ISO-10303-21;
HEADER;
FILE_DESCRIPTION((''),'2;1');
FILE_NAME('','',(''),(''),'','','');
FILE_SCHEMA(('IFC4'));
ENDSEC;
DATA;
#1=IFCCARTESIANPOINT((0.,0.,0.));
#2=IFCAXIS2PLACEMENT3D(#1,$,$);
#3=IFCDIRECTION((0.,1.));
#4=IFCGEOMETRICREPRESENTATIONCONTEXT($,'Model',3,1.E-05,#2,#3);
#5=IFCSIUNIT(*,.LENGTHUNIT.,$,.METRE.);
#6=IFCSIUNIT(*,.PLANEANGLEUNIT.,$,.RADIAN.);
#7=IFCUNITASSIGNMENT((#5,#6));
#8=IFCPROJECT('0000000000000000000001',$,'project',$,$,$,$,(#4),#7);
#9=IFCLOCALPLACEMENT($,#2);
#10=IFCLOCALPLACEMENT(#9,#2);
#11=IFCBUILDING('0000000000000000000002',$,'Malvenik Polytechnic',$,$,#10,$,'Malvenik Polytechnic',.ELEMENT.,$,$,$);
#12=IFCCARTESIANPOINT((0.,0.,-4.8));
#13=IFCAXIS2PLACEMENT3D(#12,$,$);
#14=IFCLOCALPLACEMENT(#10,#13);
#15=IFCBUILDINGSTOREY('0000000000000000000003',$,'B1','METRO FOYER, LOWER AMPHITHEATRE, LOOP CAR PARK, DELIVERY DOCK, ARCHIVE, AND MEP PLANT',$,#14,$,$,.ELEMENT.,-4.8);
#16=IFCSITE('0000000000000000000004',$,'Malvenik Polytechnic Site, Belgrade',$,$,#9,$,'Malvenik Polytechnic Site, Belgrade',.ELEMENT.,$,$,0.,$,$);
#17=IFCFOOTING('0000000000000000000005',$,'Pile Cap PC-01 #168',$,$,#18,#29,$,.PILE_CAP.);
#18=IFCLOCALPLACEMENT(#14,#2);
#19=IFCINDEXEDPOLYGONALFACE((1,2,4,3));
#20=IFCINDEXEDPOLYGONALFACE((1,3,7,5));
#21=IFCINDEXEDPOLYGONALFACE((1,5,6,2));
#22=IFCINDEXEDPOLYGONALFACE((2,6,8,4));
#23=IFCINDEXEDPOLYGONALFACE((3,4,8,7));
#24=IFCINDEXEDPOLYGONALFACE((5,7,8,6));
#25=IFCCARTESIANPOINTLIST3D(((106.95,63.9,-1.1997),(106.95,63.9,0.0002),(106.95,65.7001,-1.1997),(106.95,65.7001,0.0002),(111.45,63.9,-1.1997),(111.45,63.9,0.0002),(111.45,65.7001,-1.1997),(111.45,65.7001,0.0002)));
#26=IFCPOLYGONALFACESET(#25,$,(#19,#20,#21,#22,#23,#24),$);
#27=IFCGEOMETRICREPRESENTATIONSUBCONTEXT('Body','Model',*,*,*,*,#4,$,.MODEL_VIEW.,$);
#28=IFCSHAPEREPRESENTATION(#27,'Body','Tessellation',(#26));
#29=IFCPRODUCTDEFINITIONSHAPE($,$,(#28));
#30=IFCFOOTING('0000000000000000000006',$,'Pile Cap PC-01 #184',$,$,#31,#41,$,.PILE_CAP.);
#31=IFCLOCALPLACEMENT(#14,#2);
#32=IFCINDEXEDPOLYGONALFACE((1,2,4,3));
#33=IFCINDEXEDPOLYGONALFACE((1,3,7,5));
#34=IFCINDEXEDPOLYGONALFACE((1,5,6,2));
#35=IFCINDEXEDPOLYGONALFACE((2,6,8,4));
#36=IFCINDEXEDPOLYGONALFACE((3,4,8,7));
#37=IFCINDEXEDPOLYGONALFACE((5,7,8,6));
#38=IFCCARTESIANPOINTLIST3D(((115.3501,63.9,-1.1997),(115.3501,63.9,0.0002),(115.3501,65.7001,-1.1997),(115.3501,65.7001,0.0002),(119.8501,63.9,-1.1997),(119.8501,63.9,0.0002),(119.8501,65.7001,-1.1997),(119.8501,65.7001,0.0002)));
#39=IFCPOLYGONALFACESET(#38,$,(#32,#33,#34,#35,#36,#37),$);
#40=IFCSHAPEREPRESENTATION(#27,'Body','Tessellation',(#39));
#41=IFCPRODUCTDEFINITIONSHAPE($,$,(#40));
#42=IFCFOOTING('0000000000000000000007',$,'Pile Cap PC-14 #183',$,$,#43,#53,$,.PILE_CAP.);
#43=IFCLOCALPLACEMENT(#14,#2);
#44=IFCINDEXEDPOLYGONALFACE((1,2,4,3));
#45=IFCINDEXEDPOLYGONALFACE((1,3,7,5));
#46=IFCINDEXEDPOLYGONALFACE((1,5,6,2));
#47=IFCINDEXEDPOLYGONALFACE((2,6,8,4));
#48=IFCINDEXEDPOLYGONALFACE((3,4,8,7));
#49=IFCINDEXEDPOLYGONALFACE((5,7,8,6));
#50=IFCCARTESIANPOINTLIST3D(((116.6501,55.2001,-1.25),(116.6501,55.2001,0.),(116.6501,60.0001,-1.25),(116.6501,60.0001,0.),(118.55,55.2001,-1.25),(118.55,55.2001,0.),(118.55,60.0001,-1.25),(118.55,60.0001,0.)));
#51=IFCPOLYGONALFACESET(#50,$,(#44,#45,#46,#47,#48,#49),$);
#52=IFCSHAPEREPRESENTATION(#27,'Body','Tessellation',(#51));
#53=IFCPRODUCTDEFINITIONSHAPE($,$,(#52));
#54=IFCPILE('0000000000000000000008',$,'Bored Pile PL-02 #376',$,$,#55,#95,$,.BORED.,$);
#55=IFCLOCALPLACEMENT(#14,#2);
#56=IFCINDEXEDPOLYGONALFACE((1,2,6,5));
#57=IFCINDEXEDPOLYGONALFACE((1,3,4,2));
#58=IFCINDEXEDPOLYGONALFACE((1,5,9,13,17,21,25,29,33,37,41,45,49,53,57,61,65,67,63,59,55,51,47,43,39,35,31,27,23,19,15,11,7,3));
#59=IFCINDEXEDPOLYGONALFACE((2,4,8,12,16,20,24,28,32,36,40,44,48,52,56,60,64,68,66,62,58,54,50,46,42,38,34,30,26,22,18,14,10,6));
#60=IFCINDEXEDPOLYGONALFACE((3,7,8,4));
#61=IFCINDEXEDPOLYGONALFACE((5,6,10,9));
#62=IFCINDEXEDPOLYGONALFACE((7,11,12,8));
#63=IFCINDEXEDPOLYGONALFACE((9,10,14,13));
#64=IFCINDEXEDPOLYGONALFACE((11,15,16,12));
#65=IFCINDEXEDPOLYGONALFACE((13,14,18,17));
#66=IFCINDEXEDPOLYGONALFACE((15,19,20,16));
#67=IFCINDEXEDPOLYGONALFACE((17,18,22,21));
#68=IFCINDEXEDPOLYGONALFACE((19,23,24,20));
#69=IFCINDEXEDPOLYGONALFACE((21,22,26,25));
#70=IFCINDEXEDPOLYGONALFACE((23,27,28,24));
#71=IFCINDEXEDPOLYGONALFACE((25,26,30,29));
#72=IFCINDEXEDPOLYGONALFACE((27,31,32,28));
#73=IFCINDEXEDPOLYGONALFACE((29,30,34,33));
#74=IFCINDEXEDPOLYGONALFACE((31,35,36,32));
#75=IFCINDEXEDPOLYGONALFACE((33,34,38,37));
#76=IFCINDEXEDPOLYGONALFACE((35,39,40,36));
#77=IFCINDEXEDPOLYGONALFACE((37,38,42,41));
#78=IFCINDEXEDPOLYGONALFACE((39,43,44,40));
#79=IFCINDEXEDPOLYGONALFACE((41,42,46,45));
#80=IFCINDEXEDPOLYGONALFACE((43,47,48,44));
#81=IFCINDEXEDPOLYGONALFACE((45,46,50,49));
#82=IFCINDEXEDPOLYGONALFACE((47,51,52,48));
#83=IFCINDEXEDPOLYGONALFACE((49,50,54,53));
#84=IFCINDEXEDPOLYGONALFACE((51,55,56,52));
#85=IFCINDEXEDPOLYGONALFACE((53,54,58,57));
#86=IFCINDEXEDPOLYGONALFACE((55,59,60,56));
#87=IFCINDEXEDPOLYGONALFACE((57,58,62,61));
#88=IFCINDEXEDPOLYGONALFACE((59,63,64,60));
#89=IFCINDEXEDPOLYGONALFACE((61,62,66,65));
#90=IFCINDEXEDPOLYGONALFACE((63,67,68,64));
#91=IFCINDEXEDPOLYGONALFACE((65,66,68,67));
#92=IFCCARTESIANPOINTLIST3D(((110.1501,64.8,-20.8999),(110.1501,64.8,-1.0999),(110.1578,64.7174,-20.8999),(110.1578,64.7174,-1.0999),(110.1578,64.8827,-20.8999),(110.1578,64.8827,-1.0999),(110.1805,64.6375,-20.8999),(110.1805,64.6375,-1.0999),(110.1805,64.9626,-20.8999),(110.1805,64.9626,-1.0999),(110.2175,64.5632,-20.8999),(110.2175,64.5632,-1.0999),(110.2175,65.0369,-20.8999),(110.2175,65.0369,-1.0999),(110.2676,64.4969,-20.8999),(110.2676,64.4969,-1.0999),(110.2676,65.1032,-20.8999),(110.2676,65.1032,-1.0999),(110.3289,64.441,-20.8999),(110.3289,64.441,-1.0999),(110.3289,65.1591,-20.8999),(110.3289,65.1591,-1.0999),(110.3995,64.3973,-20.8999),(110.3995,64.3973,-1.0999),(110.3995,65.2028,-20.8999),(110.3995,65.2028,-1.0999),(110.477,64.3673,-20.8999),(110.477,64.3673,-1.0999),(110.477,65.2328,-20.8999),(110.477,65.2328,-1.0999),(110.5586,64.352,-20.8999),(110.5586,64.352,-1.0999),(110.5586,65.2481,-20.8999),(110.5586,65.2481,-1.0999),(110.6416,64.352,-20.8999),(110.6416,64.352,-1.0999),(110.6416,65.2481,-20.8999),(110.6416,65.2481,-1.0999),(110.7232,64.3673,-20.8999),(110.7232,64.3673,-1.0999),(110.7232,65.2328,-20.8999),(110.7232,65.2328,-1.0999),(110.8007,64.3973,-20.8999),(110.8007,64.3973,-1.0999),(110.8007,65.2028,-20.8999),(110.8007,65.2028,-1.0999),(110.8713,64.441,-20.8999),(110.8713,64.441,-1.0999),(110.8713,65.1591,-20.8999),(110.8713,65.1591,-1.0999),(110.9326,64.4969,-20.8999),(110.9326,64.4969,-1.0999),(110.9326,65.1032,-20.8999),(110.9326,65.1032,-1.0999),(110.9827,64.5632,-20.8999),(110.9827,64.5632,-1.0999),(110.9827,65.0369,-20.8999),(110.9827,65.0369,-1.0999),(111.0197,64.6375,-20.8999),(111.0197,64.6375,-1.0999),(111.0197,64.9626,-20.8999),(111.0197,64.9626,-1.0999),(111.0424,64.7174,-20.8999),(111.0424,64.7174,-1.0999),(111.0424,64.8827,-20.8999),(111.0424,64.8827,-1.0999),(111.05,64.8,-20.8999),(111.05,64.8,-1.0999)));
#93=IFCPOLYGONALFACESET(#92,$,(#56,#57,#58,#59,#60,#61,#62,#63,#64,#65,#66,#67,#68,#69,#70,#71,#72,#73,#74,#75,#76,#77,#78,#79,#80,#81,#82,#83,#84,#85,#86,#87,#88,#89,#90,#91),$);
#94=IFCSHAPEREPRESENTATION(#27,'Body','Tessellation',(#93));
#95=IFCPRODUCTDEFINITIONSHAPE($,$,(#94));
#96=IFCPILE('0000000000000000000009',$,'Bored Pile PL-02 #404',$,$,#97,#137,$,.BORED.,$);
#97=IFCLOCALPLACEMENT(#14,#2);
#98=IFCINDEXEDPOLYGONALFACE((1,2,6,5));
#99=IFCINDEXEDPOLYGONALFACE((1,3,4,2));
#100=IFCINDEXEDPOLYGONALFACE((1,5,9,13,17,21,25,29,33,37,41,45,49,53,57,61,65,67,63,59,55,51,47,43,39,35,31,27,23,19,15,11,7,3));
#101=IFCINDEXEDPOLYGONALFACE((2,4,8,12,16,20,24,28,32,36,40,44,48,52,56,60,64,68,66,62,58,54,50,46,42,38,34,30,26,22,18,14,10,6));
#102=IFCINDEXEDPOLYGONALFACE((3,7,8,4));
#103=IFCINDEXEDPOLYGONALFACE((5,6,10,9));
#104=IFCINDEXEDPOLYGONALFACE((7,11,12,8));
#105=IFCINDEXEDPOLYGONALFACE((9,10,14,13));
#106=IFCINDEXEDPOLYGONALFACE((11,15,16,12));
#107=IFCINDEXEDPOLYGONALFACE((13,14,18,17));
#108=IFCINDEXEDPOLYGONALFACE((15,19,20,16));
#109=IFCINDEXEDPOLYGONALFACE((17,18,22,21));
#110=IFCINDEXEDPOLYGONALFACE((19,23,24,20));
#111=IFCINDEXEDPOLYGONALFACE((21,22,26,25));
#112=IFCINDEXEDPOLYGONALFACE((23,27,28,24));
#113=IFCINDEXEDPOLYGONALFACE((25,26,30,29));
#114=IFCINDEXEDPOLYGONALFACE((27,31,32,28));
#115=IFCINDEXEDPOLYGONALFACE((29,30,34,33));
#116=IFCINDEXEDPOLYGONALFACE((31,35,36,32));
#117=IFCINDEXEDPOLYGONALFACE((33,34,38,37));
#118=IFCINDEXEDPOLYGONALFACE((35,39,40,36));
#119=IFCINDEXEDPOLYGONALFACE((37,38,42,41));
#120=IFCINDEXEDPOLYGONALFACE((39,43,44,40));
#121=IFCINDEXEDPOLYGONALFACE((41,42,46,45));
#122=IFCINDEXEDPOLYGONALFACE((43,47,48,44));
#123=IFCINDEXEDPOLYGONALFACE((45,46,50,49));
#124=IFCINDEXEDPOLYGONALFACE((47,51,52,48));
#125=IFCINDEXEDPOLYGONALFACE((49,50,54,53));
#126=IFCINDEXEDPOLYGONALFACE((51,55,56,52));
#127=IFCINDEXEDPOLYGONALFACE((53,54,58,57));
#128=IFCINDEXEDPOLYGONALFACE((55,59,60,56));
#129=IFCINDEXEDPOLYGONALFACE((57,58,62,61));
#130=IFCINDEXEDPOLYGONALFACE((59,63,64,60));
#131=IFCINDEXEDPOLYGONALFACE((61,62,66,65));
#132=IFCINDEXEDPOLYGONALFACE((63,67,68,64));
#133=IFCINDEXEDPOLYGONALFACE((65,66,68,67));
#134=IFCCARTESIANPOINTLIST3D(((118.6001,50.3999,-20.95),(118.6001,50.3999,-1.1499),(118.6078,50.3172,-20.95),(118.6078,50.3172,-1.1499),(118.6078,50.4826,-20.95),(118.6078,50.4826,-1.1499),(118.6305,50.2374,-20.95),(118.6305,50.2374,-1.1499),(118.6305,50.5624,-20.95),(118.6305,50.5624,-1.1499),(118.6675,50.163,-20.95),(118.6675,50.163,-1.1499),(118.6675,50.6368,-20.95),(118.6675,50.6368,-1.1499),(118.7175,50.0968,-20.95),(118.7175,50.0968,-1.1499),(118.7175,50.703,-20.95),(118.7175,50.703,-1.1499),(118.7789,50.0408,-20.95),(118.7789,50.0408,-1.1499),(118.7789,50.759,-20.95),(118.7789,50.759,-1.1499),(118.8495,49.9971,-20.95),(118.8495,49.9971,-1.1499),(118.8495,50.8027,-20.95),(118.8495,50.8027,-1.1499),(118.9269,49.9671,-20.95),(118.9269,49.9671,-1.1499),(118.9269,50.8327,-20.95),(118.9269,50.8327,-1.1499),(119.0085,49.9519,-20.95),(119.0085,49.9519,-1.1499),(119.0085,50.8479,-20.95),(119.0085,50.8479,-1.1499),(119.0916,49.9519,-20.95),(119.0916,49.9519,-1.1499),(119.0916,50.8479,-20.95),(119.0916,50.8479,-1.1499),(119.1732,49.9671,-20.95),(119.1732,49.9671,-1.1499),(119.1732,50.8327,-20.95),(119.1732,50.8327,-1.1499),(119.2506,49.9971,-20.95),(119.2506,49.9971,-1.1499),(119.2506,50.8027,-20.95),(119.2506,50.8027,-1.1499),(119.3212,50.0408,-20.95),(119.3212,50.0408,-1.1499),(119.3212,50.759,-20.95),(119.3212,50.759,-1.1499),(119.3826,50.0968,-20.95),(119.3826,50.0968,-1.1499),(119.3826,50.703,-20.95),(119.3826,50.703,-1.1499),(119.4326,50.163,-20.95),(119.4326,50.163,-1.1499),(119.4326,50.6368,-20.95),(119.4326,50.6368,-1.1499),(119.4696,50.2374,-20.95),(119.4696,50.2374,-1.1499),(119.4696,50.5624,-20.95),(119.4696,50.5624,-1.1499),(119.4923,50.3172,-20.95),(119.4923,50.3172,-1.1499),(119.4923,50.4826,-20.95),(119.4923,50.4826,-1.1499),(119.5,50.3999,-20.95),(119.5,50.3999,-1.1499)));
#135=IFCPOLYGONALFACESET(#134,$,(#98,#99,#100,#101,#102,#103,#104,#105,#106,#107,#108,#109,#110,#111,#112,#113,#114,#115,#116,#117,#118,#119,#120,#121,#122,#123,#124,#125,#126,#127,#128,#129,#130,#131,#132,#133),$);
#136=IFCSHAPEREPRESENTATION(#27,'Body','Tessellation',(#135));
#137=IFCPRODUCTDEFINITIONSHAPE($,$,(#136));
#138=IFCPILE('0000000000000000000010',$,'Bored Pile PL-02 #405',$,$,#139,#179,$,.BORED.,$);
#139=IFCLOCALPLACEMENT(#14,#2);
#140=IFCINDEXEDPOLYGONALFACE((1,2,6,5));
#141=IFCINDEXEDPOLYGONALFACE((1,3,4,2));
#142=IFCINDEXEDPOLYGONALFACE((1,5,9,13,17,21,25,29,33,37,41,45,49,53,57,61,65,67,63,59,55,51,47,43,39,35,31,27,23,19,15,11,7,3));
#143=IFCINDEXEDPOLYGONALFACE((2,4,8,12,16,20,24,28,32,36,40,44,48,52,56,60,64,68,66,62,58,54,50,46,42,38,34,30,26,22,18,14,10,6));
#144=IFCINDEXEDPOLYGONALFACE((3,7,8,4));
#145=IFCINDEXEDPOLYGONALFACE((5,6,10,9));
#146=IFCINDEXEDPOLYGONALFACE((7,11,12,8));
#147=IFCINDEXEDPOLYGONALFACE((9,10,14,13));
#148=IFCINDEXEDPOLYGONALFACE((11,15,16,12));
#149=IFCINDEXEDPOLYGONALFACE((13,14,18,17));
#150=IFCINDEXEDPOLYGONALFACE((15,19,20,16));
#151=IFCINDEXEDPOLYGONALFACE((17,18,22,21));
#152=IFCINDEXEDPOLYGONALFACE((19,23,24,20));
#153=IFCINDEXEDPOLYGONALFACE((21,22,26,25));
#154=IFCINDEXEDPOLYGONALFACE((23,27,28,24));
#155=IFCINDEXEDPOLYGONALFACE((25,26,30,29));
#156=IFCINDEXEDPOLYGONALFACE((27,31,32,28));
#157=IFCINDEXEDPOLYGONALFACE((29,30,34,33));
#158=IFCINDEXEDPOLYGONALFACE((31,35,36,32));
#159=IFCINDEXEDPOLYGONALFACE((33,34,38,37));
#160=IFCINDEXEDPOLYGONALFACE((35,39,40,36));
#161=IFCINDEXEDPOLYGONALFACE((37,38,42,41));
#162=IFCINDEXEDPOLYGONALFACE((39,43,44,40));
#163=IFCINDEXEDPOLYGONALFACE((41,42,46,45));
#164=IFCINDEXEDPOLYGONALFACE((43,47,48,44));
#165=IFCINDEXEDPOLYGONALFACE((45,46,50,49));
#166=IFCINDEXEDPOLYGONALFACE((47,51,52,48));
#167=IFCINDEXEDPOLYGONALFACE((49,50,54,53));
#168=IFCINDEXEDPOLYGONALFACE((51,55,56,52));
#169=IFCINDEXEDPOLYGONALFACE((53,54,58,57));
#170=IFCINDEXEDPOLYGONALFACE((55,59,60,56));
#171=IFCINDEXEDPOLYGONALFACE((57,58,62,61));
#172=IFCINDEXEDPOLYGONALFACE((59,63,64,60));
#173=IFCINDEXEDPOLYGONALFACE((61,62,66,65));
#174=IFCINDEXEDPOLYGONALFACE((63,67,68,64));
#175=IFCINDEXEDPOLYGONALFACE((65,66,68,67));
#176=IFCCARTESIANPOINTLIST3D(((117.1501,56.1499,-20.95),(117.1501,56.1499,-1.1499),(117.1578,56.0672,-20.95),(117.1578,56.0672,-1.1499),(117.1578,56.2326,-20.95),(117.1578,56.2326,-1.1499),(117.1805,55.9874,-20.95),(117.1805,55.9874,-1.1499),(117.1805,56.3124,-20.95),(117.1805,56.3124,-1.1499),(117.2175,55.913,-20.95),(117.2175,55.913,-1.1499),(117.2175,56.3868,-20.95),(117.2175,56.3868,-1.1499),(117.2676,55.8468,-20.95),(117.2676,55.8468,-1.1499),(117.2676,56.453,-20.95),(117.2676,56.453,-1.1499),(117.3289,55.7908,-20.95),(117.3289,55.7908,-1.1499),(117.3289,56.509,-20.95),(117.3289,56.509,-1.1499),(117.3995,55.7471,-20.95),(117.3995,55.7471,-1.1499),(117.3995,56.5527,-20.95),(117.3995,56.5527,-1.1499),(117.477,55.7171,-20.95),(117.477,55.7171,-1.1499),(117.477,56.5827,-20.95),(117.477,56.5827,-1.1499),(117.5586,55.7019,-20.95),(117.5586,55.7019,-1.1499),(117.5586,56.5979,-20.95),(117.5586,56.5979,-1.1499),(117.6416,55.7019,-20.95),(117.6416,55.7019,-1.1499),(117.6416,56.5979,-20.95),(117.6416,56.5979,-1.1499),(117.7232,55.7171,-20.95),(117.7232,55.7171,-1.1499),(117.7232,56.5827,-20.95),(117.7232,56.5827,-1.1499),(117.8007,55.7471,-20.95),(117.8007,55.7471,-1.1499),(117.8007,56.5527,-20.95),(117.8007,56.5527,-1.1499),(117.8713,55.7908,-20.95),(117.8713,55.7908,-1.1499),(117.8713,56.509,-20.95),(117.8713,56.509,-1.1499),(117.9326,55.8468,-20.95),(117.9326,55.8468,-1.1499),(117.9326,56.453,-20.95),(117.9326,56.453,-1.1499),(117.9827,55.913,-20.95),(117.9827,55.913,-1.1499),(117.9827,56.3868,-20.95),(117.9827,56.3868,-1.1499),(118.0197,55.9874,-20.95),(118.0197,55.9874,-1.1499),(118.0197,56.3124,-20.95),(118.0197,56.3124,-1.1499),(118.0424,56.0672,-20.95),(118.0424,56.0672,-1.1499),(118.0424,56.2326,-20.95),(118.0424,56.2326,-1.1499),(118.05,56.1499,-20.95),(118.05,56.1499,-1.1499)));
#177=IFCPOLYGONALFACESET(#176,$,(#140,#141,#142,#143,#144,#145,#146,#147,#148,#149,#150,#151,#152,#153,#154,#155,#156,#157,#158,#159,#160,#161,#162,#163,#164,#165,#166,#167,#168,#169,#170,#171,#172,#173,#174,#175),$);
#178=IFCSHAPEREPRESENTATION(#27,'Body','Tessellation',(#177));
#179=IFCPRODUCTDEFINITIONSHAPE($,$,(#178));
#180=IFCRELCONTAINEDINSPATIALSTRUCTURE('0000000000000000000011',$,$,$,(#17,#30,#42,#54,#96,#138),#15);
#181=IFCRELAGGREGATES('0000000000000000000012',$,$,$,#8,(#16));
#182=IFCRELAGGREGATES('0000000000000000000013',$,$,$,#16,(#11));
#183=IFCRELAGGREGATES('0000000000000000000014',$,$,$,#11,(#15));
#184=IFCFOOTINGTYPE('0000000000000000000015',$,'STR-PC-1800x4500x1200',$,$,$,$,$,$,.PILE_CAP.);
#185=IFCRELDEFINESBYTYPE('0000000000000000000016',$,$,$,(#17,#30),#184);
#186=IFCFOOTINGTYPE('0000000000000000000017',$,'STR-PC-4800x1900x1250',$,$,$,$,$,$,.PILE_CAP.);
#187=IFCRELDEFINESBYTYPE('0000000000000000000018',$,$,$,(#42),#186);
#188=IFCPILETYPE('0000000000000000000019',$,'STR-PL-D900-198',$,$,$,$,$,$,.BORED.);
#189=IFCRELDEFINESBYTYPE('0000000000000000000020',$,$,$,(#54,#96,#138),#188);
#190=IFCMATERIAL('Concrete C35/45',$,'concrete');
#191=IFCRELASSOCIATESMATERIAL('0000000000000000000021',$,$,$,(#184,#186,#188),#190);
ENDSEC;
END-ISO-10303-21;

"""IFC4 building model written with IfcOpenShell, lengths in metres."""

from ifc_helpers import new_model, si_unit, direction, frame, origin, origin_2d, place, context, subcontext, project, spatial, rectangle, circle, extrude, material, material_profile, profile_set, type_object, element, save


model = new_model("IFC4")

# Units and contexts
model_context = context("Model", 3, precision=1e-05, world=origin(), true_north=direction((0.0, 1.0)))
body_context = subcontext(model_context, "Body", "Model", "MODEL_VIEW")
ifc_project = project(units=[si_unit("LENGTHUNIT", "METRE"), si_unit("PLANEANGLEUNIT", "RADIAN")], contexts=[model_context])

# Site, building, storey
site_placement = place(None, origin())
site = spatial("IfcSite", under=ifc_project, at=site_placement, Name="Malvenik Polytechnic Site, Belgrade", LongName="Malvenik Polytechnic Site, Belgrade", CompositionType="ELEMENT", RefElevation=0.0)
building_placement = place(site_placement, origin())
building = spatial("IfcBuilding", under=site, at=building_placement, Name="Malvenik Polytechnic", LongName="Malvenik Polytechnic", CompositionType="ELEMENT")
storey_placement = place(building_placement, frame((0.0, 0.0, -4.8)))
storey = spatial("IfcBuildingStorey", under=building, at=storey_placement, Name="B1", Description="METRO FOYER, LOWER AMPHITHEATRE, LOOP CAR PARK, DELIVERY DOCK, ARCHIVE, AND MEP PLANT", CompositionType="ELEMENT", Elevation=-4.8)

# Footings
ifc_material_1 = material(Name="Concrete C35/45", Category="concrete")
footing_type_1 = type_object("IfcFootingType", Name="STR-PC-1800x4500x1200", PredefinedType="PILE_CAP", material=ifc_material_1)
for number, where, z_axis, x_axis, name in (
    (1, (109.2, 64.8, -1.1997), (0.0, 0.0, 1.0), (1.0, 0.0, 0.0), "Pile Cap PC-01 #168"),
    (2, (117.6001, 64.8, -1.1997), (0.0, 0.0, 1.0), (1.0, 0.0, 0.0), "Pile Cap PC-01 #184"),
):
    element("IfcFooting", number, at=place(storey_placement, frame(where, z_axis=z_axis, x_axis=x_axis)), inside=storey, type_object=footing_type_1, Name=name, PredefinedType="PILE_CAP", context=body_context, shape_type="SweptSolid", body=[
        extrude(rectangle(XDim=4.5, YDim=1.8, at=origin_2d()), origin(), (0.0, 0.0, 1.0), 1.2),
    ])
footing_type_2 = type_object("IfcFootingType", Name="STR-PC-4800x1900x1250", PredefinedType="PILE_CAP", material=ifc_material_1)
footing_placement = place(storey_placement, frame((117.6001, 57.6001, -1.25), z_axis=(0.0, 0.0, 1.0), x_axis=(1.0, 0.0, 0.0)))
element("IfcFooting", 3, at=footing_placement, inside=storey, type_object=footing_type_2, Name="Pile Cap PC-14 #183", PredefinedType="PILE_CAP", context=body_context, shape_type="SweptSolid", body=[
    extrude(rectangle(XDim=1.8999, YDim=4.8, at=origin_2d()), origin(), (0.0, 0.0, 1.0), 1.25),
])

# Piles
ifc_material_profile_1 = material_profile(ifc_material_1, circle(Radius=0.45, at=origin_2d()), Name="BORED PILE D900")
ifc_profile_set_1 = profile_set([ifc_material_profile_1], Name="Concrete C35/45")
pile_type = type_object("IfcPileType", Name="STR-PL-D900-198", PredefinedType="BORED", material=ifc_profile_set_1)
for number, where, z_axis, x_axis, name in (
    (4, (110.6001, 64.8, -1.0999), (0.0, 0.0, -1.0), (1.0, 0.0, 0.0), "Bored Pile PL-02 #376"),
    (5, (119.05, 50.3999, -1.1499), (0.0, 0.0, -1.0), (1.0, 0.0, 0.0), "Bored Pile PL-02 #404"),
    (6, (117.6001, 56.1499, -1.1499), (0.0, 0.0, -1.0), (1.0, 0.0, 0.0), "Bored Pile PL-02 #405"),
):
    element("IfcPile", number, at=place(storey_placement, frame(where, z_axis=z_axis, x_axis=x_axis)), inside=storey, type_object=pile_type, Name=name, PredefinedType="BORED", context=body_context, shape_type="SweptSolid", body=[
        extrude(circle(Radius=0.45, at=origin_2d()), origin(), (0.0, 0.0, 1.0), 19.8),
    ])

save(model, "model.ifc")
